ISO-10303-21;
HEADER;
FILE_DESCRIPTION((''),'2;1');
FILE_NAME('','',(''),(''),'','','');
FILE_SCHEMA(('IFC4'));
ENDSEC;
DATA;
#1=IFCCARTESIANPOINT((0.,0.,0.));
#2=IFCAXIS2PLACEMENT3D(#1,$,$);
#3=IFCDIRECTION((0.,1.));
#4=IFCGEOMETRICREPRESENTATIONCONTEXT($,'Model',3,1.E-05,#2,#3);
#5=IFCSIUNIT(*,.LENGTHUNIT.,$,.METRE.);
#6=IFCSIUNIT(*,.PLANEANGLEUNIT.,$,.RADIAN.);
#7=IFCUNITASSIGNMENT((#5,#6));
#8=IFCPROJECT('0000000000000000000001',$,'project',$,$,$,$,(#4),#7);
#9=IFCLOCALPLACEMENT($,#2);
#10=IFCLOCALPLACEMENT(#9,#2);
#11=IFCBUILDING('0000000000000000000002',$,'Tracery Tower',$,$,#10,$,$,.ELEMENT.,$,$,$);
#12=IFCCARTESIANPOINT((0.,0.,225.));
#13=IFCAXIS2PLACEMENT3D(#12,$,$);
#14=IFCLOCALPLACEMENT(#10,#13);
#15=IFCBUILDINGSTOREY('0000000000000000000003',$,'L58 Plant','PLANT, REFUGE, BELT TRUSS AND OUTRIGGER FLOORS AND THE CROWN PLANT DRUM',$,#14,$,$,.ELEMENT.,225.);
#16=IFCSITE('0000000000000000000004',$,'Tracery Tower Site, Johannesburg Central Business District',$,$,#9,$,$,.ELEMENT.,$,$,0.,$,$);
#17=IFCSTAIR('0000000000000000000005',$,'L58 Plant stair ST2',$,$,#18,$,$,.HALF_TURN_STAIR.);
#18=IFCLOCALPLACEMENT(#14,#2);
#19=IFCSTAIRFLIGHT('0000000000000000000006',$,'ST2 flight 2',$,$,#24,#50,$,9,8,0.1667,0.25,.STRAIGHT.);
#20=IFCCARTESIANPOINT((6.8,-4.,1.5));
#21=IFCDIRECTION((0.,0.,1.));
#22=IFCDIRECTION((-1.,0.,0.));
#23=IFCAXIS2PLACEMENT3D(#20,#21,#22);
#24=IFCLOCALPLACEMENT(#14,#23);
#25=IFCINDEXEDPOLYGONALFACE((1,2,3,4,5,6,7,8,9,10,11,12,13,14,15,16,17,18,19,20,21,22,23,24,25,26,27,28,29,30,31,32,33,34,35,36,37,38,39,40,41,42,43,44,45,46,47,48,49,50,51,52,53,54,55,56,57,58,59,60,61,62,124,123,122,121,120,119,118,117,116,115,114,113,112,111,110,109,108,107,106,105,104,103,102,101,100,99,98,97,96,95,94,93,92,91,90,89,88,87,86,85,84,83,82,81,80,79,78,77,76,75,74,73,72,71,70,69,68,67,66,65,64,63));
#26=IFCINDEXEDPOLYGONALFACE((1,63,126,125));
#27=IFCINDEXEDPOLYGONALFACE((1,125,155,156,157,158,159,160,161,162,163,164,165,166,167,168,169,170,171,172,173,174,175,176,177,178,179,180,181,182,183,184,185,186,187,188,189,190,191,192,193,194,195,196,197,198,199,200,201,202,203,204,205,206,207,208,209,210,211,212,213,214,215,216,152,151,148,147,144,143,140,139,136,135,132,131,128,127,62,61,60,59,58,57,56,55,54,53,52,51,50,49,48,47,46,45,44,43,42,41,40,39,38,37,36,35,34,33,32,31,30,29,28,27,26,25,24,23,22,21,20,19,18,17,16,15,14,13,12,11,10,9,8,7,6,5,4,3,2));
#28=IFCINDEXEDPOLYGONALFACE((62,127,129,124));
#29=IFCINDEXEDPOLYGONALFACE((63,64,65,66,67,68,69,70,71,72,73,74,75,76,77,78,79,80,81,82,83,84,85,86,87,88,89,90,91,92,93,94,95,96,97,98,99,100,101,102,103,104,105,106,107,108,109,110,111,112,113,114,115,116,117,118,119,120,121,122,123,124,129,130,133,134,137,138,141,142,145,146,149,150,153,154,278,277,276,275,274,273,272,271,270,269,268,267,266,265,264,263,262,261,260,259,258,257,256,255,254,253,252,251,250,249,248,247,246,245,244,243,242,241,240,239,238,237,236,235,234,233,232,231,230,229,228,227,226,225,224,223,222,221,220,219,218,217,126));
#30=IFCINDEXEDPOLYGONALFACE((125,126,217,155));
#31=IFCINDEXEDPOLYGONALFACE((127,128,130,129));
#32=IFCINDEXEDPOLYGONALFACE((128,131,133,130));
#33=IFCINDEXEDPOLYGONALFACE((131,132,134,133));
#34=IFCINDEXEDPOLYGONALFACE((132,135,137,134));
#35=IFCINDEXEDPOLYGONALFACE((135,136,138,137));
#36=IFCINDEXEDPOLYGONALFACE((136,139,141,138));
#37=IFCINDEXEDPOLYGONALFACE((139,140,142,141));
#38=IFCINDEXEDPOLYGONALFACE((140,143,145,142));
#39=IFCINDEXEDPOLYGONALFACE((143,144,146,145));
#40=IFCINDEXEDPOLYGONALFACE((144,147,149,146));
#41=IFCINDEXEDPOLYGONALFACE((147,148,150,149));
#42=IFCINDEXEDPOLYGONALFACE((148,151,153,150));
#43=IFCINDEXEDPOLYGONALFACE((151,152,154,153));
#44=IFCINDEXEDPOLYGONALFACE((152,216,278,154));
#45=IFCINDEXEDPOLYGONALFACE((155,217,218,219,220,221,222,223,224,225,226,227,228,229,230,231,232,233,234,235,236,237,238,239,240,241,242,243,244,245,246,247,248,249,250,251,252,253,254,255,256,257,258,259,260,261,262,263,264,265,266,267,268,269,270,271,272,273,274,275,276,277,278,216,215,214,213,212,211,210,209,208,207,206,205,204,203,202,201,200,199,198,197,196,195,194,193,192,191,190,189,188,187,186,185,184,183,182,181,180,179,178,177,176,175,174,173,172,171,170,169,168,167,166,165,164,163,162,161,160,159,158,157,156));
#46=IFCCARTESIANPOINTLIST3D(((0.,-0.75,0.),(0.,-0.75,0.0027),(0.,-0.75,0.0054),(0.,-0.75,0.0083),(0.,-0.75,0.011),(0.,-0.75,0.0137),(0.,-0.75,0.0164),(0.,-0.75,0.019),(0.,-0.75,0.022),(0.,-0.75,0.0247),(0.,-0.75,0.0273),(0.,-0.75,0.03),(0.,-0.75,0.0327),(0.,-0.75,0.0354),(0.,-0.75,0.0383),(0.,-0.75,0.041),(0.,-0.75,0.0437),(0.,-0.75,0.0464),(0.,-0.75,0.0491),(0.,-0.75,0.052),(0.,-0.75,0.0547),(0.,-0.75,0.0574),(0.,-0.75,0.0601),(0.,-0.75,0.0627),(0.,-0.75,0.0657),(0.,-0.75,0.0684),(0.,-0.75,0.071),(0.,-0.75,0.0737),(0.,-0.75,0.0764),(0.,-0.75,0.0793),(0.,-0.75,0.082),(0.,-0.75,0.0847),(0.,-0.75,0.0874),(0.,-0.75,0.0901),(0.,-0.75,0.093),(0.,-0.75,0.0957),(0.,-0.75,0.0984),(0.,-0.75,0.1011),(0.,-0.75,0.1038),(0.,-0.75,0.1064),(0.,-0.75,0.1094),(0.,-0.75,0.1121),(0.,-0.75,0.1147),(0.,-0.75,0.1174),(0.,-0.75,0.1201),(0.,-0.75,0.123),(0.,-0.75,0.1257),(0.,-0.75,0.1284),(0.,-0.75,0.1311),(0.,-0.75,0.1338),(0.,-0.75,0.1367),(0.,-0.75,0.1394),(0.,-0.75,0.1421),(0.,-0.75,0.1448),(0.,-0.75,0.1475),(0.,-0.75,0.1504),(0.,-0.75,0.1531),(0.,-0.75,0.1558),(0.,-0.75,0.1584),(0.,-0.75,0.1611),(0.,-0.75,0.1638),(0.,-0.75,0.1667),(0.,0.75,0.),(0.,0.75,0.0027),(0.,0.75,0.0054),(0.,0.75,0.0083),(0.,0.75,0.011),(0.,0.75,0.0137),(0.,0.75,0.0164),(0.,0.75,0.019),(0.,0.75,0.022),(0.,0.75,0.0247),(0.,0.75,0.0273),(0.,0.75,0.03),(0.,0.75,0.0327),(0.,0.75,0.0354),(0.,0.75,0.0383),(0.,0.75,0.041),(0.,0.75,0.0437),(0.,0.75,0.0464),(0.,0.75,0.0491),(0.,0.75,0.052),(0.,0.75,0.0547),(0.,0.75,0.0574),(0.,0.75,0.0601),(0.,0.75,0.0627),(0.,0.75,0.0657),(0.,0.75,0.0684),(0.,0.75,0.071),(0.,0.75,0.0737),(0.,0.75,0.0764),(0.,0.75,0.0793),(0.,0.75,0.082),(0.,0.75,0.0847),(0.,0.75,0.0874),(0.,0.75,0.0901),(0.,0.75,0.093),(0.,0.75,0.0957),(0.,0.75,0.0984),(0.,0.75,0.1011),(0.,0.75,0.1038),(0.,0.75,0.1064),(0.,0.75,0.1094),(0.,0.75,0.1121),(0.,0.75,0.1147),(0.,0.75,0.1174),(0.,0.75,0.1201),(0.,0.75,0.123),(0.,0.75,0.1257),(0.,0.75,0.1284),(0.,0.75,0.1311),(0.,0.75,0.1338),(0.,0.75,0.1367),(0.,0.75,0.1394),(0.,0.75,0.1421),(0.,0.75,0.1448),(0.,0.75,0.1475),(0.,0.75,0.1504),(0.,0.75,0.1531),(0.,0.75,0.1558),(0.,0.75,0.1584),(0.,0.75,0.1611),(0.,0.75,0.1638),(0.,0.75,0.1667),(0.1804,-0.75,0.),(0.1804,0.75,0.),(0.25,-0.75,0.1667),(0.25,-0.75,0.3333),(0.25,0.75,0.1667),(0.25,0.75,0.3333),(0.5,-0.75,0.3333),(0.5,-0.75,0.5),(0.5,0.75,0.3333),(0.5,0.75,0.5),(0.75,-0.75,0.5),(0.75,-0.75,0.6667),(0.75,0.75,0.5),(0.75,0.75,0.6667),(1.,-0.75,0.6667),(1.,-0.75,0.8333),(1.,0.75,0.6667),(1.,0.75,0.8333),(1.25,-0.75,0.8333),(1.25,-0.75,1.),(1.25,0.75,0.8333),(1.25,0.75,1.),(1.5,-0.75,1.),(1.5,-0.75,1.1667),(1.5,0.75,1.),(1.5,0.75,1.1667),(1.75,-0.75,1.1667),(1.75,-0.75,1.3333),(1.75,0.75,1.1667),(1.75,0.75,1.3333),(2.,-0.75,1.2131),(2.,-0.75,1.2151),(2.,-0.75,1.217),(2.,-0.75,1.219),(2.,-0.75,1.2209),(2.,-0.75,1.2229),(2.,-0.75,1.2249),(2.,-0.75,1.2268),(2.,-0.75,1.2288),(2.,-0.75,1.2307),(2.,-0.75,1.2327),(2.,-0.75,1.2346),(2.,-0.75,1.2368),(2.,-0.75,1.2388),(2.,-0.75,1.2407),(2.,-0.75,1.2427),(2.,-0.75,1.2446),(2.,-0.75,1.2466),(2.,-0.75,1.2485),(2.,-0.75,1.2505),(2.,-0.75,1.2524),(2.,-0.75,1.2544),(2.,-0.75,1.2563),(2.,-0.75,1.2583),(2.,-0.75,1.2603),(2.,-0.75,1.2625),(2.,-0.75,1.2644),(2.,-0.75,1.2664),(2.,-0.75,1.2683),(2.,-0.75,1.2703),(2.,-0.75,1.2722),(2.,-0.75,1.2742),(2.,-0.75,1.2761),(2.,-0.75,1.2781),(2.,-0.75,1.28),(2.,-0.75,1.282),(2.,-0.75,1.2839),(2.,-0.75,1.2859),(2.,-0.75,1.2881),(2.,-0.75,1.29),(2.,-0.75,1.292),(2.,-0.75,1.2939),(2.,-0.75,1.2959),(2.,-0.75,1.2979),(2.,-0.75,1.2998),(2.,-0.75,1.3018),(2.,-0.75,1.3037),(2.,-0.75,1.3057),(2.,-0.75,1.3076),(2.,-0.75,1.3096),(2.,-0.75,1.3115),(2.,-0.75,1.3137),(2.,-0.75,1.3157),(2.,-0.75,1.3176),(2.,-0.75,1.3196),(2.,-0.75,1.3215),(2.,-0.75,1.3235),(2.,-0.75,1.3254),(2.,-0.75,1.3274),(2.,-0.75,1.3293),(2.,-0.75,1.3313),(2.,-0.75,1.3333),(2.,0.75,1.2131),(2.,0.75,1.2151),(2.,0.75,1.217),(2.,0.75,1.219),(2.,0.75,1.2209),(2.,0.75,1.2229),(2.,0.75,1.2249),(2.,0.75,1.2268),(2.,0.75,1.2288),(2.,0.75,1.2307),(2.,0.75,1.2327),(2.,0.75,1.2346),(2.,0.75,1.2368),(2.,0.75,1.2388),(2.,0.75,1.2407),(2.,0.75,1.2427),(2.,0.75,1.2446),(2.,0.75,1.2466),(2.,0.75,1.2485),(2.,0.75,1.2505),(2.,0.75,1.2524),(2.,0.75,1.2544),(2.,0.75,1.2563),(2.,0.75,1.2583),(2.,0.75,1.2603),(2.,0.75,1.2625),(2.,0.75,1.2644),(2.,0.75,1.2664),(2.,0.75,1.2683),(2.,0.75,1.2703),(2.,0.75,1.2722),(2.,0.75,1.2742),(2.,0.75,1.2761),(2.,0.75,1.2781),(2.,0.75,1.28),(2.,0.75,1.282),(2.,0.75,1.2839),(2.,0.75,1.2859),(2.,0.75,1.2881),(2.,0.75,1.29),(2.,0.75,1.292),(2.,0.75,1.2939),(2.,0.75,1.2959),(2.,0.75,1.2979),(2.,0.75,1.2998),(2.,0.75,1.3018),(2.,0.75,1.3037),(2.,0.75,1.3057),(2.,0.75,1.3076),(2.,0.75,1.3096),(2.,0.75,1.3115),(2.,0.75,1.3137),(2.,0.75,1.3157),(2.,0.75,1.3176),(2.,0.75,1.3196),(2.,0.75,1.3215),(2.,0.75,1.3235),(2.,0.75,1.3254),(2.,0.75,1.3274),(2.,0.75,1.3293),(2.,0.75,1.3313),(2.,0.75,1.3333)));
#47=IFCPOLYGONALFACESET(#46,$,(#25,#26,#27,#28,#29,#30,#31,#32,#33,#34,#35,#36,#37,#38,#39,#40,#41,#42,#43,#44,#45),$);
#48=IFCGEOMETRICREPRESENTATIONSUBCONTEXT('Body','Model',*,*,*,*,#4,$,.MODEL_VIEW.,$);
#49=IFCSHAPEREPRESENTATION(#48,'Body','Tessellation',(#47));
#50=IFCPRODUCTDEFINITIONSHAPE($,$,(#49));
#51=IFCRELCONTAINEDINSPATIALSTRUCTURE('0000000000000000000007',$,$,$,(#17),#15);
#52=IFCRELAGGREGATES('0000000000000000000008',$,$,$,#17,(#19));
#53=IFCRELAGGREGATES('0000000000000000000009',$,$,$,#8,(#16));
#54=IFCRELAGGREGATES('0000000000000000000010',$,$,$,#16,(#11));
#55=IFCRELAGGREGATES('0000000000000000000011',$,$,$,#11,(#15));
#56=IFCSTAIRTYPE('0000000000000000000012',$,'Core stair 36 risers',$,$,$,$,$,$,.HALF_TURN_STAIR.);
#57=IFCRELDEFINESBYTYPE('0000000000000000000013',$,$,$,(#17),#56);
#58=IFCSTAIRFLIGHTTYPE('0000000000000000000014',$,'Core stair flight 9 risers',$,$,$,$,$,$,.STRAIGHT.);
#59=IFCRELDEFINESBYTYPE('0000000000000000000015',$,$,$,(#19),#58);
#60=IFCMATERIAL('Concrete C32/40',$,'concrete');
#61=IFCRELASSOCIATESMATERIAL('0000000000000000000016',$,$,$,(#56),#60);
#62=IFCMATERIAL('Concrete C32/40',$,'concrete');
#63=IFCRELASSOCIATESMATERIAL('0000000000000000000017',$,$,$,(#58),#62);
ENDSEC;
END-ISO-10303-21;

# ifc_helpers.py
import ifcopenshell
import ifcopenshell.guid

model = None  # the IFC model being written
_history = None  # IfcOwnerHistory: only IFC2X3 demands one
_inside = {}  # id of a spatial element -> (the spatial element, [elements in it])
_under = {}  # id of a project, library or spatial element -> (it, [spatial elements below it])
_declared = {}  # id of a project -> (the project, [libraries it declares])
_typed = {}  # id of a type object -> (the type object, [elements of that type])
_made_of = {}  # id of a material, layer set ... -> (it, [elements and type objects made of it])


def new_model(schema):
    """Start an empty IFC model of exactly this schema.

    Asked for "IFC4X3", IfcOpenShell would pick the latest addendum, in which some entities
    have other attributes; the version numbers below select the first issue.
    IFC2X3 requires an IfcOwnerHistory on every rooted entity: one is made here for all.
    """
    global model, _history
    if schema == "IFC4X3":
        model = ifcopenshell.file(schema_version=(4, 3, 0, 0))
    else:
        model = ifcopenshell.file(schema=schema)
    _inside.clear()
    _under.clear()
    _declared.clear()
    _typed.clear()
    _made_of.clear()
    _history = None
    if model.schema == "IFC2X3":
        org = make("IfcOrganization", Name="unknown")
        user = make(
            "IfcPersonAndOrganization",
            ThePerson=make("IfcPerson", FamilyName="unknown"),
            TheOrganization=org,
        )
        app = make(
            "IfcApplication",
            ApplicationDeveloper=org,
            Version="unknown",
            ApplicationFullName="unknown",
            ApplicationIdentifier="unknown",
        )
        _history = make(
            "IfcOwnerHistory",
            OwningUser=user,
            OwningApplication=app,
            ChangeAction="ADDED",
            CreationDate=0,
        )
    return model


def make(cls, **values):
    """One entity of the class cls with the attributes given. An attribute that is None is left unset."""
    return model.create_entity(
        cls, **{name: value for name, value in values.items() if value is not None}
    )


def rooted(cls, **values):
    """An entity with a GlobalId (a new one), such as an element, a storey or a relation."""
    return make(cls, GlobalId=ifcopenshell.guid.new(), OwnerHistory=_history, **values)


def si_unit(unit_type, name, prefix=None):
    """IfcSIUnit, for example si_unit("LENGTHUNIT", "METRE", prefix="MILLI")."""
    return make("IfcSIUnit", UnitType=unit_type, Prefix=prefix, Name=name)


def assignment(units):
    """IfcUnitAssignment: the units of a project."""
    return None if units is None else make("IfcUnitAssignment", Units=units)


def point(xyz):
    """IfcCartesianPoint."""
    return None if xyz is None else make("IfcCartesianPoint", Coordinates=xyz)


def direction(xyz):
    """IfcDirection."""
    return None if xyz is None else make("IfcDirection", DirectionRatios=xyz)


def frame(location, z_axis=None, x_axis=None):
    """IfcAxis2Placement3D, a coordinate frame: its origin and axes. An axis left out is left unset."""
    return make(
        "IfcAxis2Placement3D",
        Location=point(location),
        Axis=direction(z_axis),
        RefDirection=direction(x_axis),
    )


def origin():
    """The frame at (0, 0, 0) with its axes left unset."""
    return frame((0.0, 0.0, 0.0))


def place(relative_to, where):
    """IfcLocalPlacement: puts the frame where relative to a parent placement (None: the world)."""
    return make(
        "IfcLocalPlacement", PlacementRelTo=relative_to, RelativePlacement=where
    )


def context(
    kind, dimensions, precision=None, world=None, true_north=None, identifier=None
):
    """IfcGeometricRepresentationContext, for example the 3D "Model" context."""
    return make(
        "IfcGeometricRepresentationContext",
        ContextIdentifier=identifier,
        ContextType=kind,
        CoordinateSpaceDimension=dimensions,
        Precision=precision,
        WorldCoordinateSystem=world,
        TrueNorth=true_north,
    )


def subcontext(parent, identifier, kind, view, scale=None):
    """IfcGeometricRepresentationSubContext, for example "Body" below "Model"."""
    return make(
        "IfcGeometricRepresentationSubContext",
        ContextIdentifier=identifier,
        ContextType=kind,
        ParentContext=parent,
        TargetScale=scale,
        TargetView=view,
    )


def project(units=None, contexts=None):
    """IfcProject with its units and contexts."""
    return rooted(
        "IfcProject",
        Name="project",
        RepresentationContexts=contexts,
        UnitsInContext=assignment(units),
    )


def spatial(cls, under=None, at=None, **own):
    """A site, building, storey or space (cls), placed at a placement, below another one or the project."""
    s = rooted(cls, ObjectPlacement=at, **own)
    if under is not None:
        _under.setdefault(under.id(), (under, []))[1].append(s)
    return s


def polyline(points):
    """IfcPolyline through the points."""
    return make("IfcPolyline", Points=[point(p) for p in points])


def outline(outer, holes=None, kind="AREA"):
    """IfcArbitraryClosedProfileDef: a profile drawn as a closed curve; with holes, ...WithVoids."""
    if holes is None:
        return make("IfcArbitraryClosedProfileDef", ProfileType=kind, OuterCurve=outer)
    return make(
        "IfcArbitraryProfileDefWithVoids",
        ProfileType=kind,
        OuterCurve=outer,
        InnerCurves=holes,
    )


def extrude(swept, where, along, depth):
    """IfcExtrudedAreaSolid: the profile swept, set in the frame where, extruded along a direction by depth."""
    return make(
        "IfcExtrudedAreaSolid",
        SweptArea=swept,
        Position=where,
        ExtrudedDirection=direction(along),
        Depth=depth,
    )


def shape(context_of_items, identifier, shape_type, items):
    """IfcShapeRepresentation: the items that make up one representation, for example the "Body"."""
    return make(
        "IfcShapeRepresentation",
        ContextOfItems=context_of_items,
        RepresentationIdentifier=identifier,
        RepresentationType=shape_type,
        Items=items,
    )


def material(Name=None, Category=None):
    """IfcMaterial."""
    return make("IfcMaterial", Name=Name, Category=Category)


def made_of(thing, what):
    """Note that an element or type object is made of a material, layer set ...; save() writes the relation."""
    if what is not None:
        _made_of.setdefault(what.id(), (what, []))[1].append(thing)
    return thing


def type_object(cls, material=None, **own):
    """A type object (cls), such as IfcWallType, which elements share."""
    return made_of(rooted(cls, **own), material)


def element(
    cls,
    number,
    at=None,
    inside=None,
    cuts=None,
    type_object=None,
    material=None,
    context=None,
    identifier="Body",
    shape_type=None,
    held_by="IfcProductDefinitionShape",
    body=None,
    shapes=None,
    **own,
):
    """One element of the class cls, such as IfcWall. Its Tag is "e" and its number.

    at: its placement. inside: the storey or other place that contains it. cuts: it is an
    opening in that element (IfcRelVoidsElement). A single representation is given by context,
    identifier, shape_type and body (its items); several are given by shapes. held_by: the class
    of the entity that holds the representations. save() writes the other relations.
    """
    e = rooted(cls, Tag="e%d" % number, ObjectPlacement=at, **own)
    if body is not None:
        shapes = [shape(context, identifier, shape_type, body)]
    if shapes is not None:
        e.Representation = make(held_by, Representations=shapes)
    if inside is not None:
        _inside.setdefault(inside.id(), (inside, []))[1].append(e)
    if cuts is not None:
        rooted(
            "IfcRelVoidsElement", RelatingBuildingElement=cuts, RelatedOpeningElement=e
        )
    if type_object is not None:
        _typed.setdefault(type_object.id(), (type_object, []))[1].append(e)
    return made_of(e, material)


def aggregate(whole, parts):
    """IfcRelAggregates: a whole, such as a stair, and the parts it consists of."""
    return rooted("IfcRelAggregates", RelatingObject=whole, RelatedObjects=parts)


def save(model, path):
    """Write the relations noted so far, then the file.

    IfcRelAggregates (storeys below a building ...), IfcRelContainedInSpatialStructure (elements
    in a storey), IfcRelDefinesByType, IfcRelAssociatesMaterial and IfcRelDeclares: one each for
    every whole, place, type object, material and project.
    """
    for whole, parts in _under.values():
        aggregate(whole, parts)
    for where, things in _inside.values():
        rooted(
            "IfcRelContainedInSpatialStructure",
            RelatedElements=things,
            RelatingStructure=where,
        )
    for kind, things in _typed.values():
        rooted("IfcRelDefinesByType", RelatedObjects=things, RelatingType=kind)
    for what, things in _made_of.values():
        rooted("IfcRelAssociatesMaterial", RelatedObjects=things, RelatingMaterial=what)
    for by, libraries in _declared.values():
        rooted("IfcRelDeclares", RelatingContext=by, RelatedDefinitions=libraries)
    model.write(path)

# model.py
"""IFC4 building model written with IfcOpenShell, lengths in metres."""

from ifc_helpers import new_model, si_unit, direction, frame, origin, place, context, subcontext, project, spatial, polyline, outline, extrude, material, type_object, element, aggregate, save


model = new_model("IFC4")

# Units and contexts
model_context = context("Model", 3, precision=1e-05, world=origin(), true_north=direction((0.0, 1.0)))
body_context = subcontext(model_context, "Body", "Model", "MODEL_VIEW")
ifc_project = project(units=[si_unit("LENGTHUNIT", "METRE"), si_unit("PLANEANGLEUNIT", "RADIAN")], contexts=[model_context])

# Site, building, storey
site_placement = place(None, origin())
site = spatial("IfcSite", under=ifc_project, at=site_placement, Name="Tracery Tower Site, Johannesburg Central Business District", CompositionType="ELEMENT", RefElevation=0.0)
building_placement = place(site_placement, origin())
building = spatial("IfcBuilding", under=site, at=building_placement, Name="Tracery Tower", CompositionType="ELEMENT")
storey_placement = place(building_placement, frame((0.0, 0.0, 225.0)))
storey = spatial("IfcBuildingStorey", under=building, at=storey_placement, Name="L58 Plant", Description="PLANT, REFUGE, BELT TRUSS AND OUTRIGGER FLOORS AND THE CROWN PLANT DRUM", CompositionType="ELEMENT", Elevation=225.0)

# Stair, stair flight
ifc_material_1 = material(Name="Concrete C32/40", Category="concrete")
stair_type = type_object("IfcStairType", Name="Core stair 36 risers", PredefinedType="HALF_TURN_STAIR", material=ifc_material_1)
stair_placement = place(storey_placement, origin())
stair = element("IfcStair", 1, at=stair_placement, inside=storey, type_object=stair_type, Name="L58 Plant stair ST2", PredefinedType="HALF_TURN_STAIR")
ifc_material_2 = material(Name="Concrete C32/40", Category="concrete")
stair_flight_type = type_object("IfcStairFlightType", Name="Core stair flight 9 risers", PredefinedType="STRAIGHT", material=ifc_material_2)
stair_flight_1_placement = place(storey_placement, frame((6.8, -4.0, 1.5), z_axis=(0.0, 0.0, 1.0), x_axis=(-1.0, 0.0, 0.0)))
stair_flight_1 = element("IfcStairFlight", 2, at=stair_flight_1_placement, type_object=stair_flight_type, Name="ST2 flight 2", NumberOfRisers=9, NumberOfTreads=8, PredefinedType="STRAIGHT", RiserHeight=0.1667, TreadLength=0.25, context=body_context, shape_type="SweptSolid", body=[
    extrude(outline(polyline([(0.0, 0.0), (0.0, 0.0027), (0.0, 0.0054), (0.0, 0.0083), (0.0, 0.011), (0.0, 0.0137), (0.0, 0.0164), (0.0, 0.019), (0.0, 0.022), (0.0, 0.0247), (0.0, 0.0273), (0.0, 0.03), (0.0, 0.0327), (0.0, 0.0354), (0.0, 0.0383), (0.0, 0.041), (0.0, 0.0437), (0.0, 0.0464), (0.0, 0.0491), (0.0, 0.052), (0.0, 0.0547), (0.0, 0.0574), (0.0, 0.0601), (0.0, 0.0627), (0.0, 0.0657), (0.0, 0.0684), (0.0, 0.071), (0.0, 0.0737), (0.0, 0.0764), (0.0, 0.0793), (0.0, 0.082), (0.0, 0.0847), (0.0, 0.0874), (0.0, 0.0901), (0.0, 0.093), (0.0, 0.0957), (0.0, 0.0984), (0.0, 0.1011), (0.0, 0.1038), (0.0, 0.1064), (0.0, 0.1094), (0.0, 0.1121), (0.0, 0.1147), (0.0, 0.1174), (0.0, 0.1201), (0.0, 0.123), (0.0, 0.1257), (0.0, 0.1284), (0.0, 0.1311), (0.0, 0.1338), (0.0, 0.1367), (0.0, 0.1394), (0.0, 0.1421), (0.0, 0.1448), (0.0, 0.1475), (0.0, 0.1504), (0.0, 0.1531), (0.0, 0.1558), (0.0, 0.1584), (0.0, 0.1611), (0.0, 0.1638), (0.0, 0.1667), (0.25, 0.1667), (0.25, 0.3333), (0.5, 0.3333), (0.5, 0.5), (0.75, 0.5), (0.75, 0.6667), (1.0, 0.6667), (1.0, 0.8333), (1.25, 0.8333), (1.25, 1.0), (1.5, 1.0), (1.5, 1.1667), (1.75, 1.1667), (1.75, 1.3333), (2.0, 1.3333), (2.0, 1.3313), (2.0, 1.3293), (2.0, 1.3274), (2.0, 1.3254), (2.0, 1.3235), (2.0, 1.3215), (2.0, 1.3196), (2.0, 1.3176), (2.0, 1.3157), (2.0, 1.3137), (2.0, 1.3115), (2.0, 1.3096), (2.0, 1.3076), (2.0, 1.3057), (2.0, 1.3037), (2.0, 1.3018), (2.0, 1.2998), (2.0, 1.2979), (2.0, 1.2959), (2.0, 1.2939), (2.0, 1.292), (2.0, 1.29), (2.0, 1.2881), (2.0, 1.2859), (2.0, 1.2839), (2.0, 1.282), (2.0, 1.28), (2.0, 1.2781), (2.0, 1.2761), (2.0, 1.2742), (2.0, 1.2722), (2.0, 1.2703), (2.0, 1.2683), (2.0, 1.2664), (2.0, 1.2644), (2.0, 1.2625), (2.0, 1.2603), (2.0, 1.2583), (2.0, 1.2563), (2.0, 1.2544), (2.0, 1.2524), (2.0, 1.2505), (2.0, 1.2485), (2.0, 1.2466), (2.0, 1.2446), (2.0, 1.2427), (2.0, 1.2407), (2.0, 1.2388), (2.0, 1.2368), (2.0, 1.2346), (2.0, 1.2327), (2.0, 1.2307), (2.0, 1.2288), (2.0, 1.2268), (2.0, 1.2249), (2.0, 1.2229), (2.0, 1.2209), (2.0, 1.219), (2.0, 1.217), (2.0, 1.2151), (2.0, 1.2131), (0.1804, 0.0), (0.0, 0.0)])), frame((0.0, 0.75, 0.0), z_axis=(0.0, -1.0, 0.0), x_axis=(1.0, 0.0, 0.0)), (0.0, 0.0, 1.0), 1.5),
])
aggregate(stair, [stair_flight_1])

save(model, "model.ifc")
